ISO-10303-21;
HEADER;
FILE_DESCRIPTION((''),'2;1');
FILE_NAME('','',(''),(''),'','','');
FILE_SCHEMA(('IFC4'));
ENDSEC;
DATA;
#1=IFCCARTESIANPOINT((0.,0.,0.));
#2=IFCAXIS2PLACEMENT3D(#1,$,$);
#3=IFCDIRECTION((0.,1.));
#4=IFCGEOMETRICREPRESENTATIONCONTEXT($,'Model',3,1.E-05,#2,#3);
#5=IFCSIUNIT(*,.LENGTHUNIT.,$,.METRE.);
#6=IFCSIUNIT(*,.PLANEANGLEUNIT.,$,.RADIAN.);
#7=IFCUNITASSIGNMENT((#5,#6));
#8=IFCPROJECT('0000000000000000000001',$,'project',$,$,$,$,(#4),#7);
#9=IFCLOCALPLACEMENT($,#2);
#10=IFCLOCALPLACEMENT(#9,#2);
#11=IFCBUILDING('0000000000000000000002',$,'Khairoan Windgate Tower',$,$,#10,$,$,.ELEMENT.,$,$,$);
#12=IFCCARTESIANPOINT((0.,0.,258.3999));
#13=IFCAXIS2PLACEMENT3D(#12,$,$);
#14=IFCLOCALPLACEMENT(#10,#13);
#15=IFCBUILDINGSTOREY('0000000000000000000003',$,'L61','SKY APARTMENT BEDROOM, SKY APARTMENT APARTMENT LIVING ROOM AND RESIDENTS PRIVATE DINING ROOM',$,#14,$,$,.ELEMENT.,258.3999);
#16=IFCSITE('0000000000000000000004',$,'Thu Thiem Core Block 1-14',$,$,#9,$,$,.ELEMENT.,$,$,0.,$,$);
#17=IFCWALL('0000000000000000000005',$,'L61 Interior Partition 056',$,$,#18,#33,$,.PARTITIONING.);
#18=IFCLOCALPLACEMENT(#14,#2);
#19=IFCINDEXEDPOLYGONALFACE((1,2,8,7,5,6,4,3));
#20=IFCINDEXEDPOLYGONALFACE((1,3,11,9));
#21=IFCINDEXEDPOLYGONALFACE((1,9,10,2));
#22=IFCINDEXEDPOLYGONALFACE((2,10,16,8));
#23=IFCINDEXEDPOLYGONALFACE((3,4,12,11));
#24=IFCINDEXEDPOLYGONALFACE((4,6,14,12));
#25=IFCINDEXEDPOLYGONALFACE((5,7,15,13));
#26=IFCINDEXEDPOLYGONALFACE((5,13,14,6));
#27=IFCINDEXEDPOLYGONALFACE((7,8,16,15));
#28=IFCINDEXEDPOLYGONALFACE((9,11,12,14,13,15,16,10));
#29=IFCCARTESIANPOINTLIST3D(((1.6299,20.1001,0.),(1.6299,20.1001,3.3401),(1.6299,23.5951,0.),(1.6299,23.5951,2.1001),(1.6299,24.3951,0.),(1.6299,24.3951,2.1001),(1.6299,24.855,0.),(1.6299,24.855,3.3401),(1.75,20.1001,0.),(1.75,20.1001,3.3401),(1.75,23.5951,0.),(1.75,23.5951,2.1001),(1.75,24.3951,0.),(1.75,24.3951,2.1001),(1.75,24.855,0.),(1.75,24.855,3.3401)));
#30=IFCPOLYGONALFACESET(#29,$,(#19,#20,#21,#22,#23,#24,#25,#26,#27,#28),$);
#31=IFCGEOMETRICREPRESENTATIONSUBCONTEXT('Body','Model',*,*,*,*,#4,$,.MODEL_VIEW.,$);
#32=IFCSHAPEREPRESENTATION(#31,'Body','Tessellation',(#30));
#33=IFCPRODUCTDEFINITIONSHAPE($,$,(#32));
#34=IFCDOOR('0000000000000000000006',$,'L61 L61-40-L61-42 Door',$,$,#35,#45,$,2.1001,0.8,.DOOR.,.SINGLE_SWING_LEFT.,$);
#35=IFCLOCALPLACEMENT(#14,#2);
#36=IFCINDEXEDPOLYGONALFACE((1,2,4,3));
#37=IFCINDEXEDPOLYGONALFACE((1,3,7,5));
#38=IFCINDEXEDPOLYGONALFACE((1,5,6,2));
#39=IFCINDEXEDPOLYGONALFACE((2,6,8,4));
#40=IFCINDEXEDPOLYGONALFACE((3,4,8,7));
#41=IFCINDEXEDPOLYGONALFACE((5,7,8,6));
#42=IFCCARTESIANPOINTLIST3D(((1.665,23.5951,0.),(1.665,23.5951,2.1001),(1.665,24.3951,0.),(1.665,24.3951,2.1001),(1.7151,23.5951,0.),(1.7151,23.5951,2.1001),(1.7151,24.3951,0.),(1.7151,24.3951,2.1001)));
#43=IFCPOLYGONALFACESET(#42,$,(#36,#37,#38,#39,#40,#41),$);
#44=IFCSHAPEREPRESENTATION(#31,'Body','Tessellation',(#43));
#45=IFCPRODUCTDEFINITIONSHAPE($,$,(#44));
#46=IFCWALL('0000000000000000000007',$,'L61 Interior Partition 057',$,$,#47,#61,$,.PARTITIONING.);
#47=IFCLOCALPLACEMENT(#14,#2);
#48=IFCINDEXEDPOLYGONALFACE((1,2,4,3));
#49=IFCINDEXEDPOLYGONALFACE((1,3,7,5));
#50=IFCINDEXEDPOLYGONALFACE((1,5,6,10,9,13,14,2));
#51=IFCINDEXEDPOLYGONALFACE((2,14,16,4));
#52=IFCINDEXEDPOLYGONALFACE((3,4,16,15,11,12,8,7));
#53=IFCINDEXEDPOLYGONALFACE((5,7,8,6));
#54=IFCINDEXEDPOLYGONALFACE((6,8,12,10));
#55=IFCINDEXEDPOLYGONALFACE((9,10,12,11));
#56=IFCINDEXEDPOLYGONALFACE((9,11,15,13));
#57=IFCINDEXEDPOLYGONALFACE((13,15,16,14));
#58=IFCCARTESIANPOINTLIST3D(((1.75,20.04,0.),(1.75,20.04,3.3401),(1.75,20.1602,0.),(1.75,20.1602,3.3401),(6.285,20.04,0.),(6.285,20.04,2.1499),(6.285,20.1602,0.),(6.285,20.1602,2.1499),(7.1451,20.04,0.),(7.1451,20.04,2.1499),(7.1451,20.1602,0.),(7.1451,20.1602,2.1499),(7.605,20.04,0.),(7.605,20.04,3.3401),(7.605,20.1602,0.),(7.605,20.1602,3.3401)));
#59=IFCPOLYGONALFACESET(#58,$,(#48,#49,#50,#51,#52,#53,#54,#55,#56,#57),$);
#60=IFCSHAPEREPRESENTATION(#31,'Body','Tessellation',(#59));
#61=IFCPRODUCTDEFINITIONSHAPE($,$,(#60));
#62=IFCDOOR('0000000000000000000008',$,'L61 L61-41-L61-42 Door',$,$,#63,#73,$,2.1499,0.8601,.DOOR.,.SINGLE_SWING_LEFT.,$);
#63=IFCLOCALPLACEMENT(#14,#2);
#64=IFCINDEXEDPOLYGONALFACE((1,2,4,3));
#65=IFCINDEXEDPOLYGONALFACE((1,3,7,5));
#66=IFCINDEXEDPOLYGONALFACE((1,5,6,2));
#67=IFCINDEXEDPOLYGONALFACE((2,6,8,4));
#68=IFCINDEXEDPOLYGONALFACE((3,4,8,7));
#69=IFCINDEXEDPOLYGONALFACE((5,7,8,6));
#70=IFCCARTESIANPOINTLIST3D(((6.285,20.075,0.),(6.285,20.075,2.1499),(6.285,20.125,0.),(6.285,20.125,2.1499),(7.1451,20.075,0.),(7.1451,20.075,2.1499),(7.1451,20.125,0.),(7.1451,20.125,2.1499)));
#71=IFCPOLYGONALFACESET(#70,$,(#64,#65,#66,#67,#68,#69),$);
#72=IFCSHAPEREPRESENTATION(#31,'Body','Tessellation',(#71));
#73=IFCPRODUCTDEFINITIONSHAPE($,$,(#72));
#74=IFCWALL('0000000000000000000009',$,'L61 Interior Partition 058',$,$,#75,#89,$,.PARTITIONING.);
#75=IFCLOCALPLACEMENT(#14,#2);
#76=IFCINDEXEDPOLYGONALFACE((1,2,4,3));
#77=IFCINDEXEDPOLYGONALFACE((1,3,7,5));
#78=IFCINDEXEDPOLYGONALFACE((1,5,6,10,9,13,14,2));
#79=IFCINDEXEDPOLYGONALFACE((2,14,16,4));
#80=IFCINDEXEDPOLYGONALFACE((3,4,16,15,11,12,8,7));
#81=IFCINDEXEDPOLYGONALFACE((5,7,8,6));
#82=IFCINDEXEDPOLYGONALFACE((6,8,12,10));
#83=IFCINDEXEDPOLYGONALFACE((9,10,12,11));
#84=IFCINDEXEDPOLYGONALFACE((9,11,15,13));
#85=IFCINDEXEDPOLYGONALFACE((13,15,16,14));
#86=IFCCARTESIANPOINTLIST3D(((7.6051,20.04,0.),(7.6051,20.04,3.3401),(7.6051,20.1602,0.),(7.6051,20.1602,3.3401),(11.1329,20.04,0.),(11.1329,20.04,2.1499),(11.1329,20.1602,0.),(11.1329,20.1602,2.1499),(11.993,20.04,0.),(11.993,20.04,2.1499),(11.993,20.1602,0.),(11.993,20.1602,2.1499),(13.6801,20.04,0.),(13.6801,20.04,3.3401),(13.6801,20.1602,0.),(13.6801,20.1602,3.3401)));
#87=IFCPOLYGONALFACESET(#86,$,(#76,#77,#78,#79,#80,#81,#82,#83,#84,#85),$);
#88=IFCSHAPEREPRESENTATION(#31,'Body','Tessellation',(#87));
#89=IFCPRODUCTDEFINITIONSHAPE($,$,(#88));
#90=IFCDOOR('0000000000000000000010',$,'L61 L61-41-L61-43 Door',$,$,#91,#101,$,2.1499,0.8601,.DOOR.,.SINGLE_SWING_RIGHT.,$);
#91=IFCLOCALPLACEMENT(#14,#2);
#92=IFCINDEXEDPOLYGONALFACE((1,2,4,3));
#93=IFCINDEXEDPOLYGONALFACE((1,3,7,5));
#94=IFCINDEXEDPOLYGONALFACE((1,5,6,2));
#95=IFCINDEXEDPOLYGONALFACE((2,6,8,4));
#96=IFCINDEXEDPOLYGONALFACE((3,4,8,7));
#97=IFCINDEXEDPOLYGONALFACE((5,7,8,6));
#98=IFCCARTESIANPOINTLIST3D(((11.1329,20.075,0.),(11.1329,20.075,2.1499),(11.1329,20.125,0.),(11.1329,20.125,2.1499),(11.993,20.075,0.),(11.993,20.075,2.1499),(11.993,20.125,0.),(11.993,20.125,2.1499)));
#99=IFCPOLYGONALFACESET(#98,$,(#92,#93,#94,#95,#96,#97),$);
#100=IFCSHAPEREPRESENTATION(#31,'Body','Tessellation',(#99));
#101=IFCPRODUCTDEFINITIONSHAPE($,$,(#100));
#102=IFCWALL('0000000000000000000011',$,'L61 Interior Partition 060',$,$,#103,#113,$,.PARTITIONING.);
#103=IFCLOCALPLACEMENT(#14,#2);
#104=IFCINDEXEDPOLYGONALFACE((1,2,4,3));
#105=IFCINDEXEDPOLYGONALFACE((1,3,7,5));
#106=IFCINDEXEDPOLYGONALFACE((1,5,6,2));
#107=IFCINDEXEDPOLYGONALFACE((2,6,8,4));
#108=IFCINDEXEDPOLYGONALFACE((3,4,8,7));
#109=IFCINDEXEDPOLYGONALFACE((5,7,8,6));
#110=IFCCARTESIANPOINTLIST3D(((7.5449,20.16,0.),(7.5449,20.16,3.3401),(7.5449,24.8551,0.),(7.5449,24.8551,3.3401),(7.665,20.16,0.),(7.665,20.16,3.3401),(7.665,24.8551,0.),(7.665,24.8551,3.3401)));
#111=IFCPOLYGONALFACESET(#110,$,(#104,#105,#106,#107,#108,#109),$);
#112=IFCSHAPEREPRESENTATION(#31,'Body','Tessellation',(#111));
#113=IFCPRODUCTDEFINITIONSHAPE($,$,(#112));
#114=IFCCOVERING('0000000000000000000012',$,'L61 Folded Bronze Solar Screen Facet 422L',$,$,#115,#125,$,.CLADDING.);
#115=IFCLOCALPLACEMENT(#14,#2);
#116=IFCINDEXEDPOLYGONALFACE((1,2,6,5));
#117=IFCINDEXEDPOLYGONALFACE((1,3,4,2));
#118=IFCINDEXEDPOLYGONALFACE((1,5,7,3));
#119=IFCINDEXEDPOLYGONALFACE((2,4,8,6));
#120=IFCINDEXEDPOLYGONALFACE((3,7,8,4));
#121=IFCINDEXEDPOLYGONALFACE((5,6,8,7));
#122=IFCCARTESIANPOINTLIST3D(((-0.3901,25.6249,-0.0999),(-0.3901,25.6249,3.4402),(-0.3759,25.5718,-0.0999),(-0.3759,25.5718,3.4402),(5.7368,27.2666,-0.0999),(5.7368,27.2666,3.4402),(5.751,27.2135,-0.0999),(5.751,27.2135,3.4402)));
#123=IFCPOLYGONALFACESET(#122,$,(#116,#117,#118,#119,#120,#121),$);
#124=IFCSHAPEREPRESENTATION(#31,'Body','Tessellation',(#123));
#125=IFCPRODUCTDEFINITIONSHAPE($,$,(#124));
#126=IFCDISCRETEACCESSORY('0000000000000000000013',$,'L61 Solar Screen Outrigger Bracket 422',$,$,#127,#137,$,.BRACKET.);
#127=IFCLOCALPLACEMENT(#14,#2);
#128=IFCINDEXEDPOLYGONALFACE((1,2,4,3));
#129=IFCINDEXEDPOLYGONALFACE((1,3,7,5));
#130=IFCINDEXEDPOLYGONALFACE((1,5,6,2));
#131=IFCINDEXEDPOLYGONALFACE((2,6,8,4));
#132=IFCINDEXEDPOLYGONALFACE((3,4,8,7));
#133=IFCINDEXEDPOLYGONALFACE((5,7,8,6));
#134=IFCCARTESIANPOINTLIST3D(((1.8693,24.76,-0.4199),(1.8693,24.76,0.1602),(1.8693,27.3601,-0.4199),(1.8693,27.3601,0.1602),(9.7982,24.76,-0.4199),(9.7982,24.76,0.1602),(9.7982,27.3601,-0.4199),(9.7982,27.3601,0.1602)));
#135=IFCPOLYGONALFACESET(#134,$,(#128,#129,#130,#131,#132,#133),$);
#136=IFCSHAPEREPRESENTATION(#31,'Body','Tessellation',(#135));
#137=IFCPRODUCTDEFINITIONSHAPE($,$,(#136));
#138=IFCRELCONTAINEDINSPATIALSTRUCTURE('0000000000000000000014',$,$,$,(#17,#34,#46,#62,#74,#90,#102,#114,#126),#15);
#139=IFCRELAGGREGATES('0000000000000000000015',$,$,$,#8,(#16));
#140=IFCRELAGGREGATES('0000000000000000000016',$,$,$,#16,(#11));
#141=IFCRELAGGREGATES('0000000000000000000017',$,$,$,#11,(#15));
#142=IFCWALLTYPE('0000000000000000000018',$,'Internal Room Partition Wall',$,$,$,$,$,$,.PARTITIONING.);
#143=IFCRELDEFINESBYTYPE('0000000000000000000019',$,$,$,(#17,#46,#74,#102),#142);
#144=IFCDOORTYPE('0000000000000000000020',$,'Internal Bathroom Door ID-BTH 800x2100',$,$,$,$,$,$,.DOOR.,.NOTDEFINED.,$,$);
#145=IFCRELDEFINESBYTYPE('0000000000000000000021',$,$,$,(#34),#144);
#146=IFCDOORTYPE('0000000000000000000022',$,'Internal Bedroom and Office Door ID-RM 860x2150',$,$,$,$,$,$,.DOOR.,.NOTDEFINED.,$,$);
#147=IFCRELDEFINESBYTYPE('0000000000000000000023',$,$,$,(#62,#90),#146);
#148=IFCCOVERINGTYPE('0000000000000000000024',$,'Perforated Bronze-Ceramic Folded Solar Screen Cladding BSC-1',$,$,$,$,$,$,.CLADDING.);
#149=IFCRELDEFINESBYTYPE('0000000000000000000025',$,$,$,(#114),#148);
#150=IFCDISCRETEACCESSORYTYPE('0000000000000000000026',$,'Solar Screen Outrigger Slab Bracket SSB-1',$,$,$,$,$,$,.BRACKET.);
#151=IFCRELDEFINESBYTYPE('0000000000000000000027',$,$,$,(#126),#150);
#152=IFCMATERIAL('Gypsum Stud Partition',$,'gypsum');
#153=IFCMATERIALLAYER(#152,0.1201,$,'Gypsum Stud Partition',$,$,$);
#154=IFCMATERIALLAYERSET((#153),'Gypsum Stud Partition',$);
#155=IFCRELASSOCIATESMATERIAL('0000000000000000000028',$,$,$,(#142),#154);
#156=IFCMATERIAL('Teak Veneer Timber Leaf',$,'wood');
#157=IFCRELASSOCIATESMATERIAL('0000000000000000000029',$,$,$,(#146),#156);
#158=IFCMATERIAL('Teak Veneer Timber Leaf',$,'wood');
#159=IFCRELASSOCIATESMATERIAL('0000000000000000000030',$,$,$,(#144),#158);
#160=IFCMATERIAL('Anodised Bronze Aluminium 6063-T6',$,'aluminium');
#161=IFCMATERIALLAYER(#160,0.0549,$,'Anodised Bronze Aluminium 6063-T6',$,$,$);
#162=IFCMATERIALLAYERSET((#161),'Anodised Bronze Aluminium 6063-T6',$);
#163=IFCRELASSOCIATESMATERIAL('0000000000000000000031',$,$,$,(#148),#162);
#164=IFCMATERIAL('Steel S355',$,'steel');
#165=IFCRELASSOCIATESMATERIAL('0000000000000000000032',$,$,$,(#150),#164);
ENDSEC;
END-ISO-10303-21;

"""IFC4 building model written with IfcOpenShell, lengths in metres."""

from ifc_helpers import new_model, si_unit, direction, frame, frame_2d, origin, origin_2d, place, context, subcontext, project, spatial, rectangle, extrude, material, layer, layer_set, type_object, element, fill, save


model = new_model("IFC4")

# Units and contexts
model_context = context("Model", 3, precision=1e-05, world=origin(), true_north=direction((0.0, 1.0)))
body_context = subcontext(model_context, "Body", "Model", "MODEL_VIEW")
ifc_project = project(units=[si_unit("LENGTHUNIT", "METRE"), si_unit("PLANEANGLEUNIT", "RADIAN")], contexts=[model_context])

# Site, building, storey
site_placement = place(None, origin())
site = spatial("IfcSite", under=ifc_project, at=site_placement, Name="Thu Thiem Core Block 1-14", CompositionType="ELEMENT", RefElevation=0.0)
building_placement = place(site_placement, origin())
building = spatial("IfcBuilding", under=site, at=building_placement, Name="Khairoan Windgate Tower", CompositionType="ELEMENT")
storey_placement = place(building_placement, frame((0.0, 0.0, 258.3999)))
storey = spatial("IfcBuildingStorey", under=building, at=storey_placement, Name="L61", Description="SKY APARTMENT BEDROOM, SKY APARTMENT APARTMENT LIVING ROOM AND RESIDENTS PRIVATE DINING ROOM", CompositionType="ELEMENT", Elevation=258.3999)

# Shared definitions
ifc_material_1 = material(Name="Gypsum Stud Partition", Category="gypsum")
ifc_layer_1 = layer(ifc_material_1, 0.1201, Name="Gypsum Stud Partition")
ifc_layer_set_1 = layer_set([ifc_layer_1], Name="Gypsum Stud Partition")
wall_type_1 = type_object("IfcWallType", Name="Internal Room Partition Wall", PredefinedType="PARTITIONING", material=ifc_layer_set_1)
ifc_material_2 = material(Name="Teak Veneer Timber Leaf", Category="wood")
door_type_1 = type_object("IfcDoorType", Name="Internal Bedroom and Office Door ID-RM 860x2150", OperationType="NOTDEFINED", PredefinedType="DOOR", material=ifc_material_2)

# Walls, openings, doors
wall_1_placement = place(storey_placement, frame((1.6899, 20.1001, 0.0), z_axis=(0.0, 0.0, 1.0), x_axis=(0.0, 1.0, 0.0)))
wall_1 = element("IfcWall", 1, at=wall_1_placement, inside=storey, type_object=wall_type_1, Name="L61 Interior Partition 056", PredefinedType="PARTITIONING", context=body_context, shape_type="SweptSolid", body=[
    extrude(rectangle(XDim=4.7549, YDim=0.1201, at=frame_2d((2.3774, 0.0))), origin(), (0.0, 0.0, 1.0), 3.3401),
])
opening_1_placement = place(wall_1_placement, frame((3.4951, 0.0, 0.0)))
opening_1 = element("IfcOpeningElement", 2, at=opening_1_placement, cuts=wall_1, PredefinedType="OPENING", context=body_context, shape_type="SweptSolid", body=[
    extrude(rectangle(XDim=0.8, YDim=2.1001, at=frame_2d((0.3999, 1.05))), frame((0.0, 0.0701, 0.0), z_axis=(0.0, -1.0, 0.0), x_axis=(1.0, 0.0, 0.0)), (0.0, 0.0, 1.0), 0.1401),
])
ifc_material_3 = material(Name="Teak Veneer Timber Leaf", Category="wood")
door_type_2 = type_object("IfcDoorType", Name="Internal Bathroom Door ID-BTH 800x2100", OperationType="NOTDEFINED", PredefinedType="DOOR", material=ifc_material_3)
door_1_placement = place(opening_1_placement, origin())
door_1 = element("IfcDoor", 3, at=door_1_placement, inside=storey, type_object=door_type_2, Name="L61 L61-40-L61-42 Door", OperationType="SINGLE_SWING_LEFT", OverallHeight=2.1001, OverallWidth=0.8, PredefinedType="DOOR", context=body_context, shape_type="SweptSolid", body=[
    extrude(rectangle(XDim=0.8, YDim=2.1001, at=frame_2d((0.3999, 1.05))), frame((0.0, 0.0249, 0.0), z_axis=(0.0, -1.0, 0.0), x_axis=(1.0, 0.0, 0.0)), (0.0, 0.0, 1.0), 0.05),
])
fill(opening_1, door_1)
wall_2_placement = place(storey_placement, frame((1.75, 20.1001, 0.0), z_axis=(0.0, 0.0, 1.0), x_axis=(1.0, 0.0, 0.0)))
wall_2 = element("IfcWall", 4, at=wall_2_placement, inside=storey, type_object=wall_type_1, Name="L61 Interior Partition 057", PredefinedType="PARTITIONING", context=body_context, shape_type="SweptSolid", body=[
    extrude(rectangle(XDim=5.855, YDim=0.1201, at=frame_2d((2.9275, 0.0))), origin(), (0.0, 0.0, 1.0), 3.3401),
])
opening_2_placement = place(wall_2_placement, frame((4.5349, 0.0, 0.0)))
opening_2 = element("IfcOpeningElement", 5, at=opening_2_placement, cuts=wall_2, PredefinedType="OPENING", context=body_context, shape_type="SweptSolid", body=[
    extrude(rectangle(XDim=0.8601, YDim=2.1499, at=frame_2d((0.4302, 1.075))), frame((0.0, 0.0701, 0.0), z_axis=(0.0, -1.0, 0.0), x_axis=(1.0, 0.0, 0.0)), (0.0, 0.0, 1.0), 0.1401),
])
door_2_placement = place(opening_2_placement, origin())
door_2 = element("IfcDoor", 6, at=door_2_placement, inside=storey, type_object=door_type_1, Name="L61 L61-41-L61-42 Door", OperationType="SINGLE_SWING_LEFT", OverallHeight=2.1499, OverallWidth=0.8601, PredefinedType="DOOR", context=body_context, shape_type="SweptSolid", body=[
    extrude(rectangle(XDim=0.8601, YDim=2.1499, at=frame_2d((0.4302, 1.075))), frame((0.0, 0.0249, 0.0), z_axis=(0.0, -1.0, 0.0), x_axis=(1.0, 0.0, 0.0)), (0.0, 0.0, 1.0), 0.05),
])
fill(opening_2, door_2)
wall_3_placement = place(storey_placement, frame((7.605, 20.1001, 0.0), z_axis=(0.0, 0.0, 1.0), x_axis=(1.0, 0.0, 0.0)))
wall_3 = element("IfcWall", 7, at=wall_3_placement, inside=storey, type_object=wall_type_1, Name="L61 Interior Partition 058", PredefinedType="PARTITIONING", context=body_context, shape_type="SweptSolid", body=[
    extrude(rectangle(XDim=6.075, YDim=0.1201, at=frame_2d((3.0376, 0.0))), origin(), (0.0, 0.0, 1.0), 3.3401),
])
opening_3_placement = place(wall_3_placement, frame((3.5278, 0.0, 0.0)))
opening_3 = element("IfcOpeningElement", 8, at=opening_3_placement, cuts=wall_3, PredefinedType="OPENING", context=body_context, shape_type="SweptSolid", body=[
    extrude(rectangle(XDim=0.8601, YDim=2.1499, at=frame_2d((0.4302, 1.075))), frame((0.0, 0.0701, 0.0), z_axis=(0.0, -1.0, 0.0), x_axis=(1.0, 0.0, 0.0)), (0.0, 0.0, 1.0), 0.1401),
])
door_3_placement = place(opening_3_placement, origin())
door_3 = element("IfcDoor", 9, at=door_3_placement, inside=storey, type_object=door_type_1, Name="L61 L61-41-L61-43 Door", OperationType="SINGLE_SWING_RIGHT", OverallHeight=2.1499, OverallWidth=0.8601, PredefinedType="DOOR", context=body_context, shape_type="SweptSolid", body=[
    extrude(rectangle(XDim=0.8601, YDim=2.1499, at=frame_2d((0.4302, 1.075))), frame((0.0, 0.0249, 0.0), z_axis=(0.0, -1.0, 0.0), x_axis=(1.0, 0.0, 0.0)), (0.0, 0.0, 1.0), 0.05),
])
fill(opening_3, door_3)

# Wall
wall_4_placement = place(storey_placement, frame((7.605, 20.1599, 0.0), z_axis=(0.0, 0.0, 1.0), x_axis=(0.0, 1.0, 0.0)))
element("IfcWall", 10, at=wall_4_placement, inside=storey, type_object=wall_type_1, Name="L61 Interior Partition 060", PredefinedType="PARTITIONING", context=body_context, shape_type="SweptSolid", body=[
    extrude(rectangle(XDim=4.6951, YDim=0.1201, at=frame_2d((2.3477, 0.0))), origin(), (0.0, 0.0, 1.0), 3.3401),
])

# Covering
ifc_material_4 = material(Name="Anodised Bronze Aluminium 6063-T6", Category="aluminium")
ifc_layer_2 = layer(ifc_material_4, 0.0549, Name="Anodised Bronze Aluminium 6063-T6")
ifc_layer_set_2 = layer_set([ifc_layer_2], Name="Anodised Bronze Aluminium 6063-T6")
covering_type = type_object("IfcCoveringType", Name="Perforated Bronze-Ceramic Folded Solar Screen Cladding BSC-1", PredefinedType="CLADDING", material=ifc_layer_set_2)
covering_placement = place(storey_placement, frame((2.6804, 26.4192, -0.0999), z_axis=(0.0, 0.0, 1.0), x_axis=(0.965926, 0.258819, 0.0)))
element("IfcCovering", 11, at=covering_placement, inside=storey, type_object=covering_type, Name="L61 Folded Bronze Solar Screen Facet 422L", PredefinedType="CLADDING", context=body_context, shape_type="SweptSolid", body=[
    extrude(rectangle(XDim=6.343, YDim=0.0549, at=origin_2d()), origin(), (0.0, 0.0, 1.0), 3.54),
])

# Discrete accessory
ifc_material_5 = material(Name="Steel S355", Category="steel")
discrete_accessory_type = type_object("IfcDiscreteAccessoryType", Name="Solar Screen Outrigger Slab Bracket SSB-1", PredefinedType="BRACKET", material=ifc_material_5)
discrete_accessory_placement = place(storey_placement, frame((5.8337, 26.0601, -0.4199), z_axis=(0.0, 0.0, 1.0), x_axis=(1.0, 0.0, 0.0)))
element("IfcDiscreteAccessory", 12, at=discrete_accessory_placement, inside=storey, type_object=discrete_accessory_type, Name="L61 Solar Screen Outrigger Bracket 422", PredefinedType="BRACKET", context=body_context, shape_type="SweptSolid", body=[
    extrude(rectangle(XDim=7.929, YDim=2.6001, at=origin_2d()), origin(), (0.0, 0.0, 1.0), 0.5801),
])

save(model, "model.ifc")
